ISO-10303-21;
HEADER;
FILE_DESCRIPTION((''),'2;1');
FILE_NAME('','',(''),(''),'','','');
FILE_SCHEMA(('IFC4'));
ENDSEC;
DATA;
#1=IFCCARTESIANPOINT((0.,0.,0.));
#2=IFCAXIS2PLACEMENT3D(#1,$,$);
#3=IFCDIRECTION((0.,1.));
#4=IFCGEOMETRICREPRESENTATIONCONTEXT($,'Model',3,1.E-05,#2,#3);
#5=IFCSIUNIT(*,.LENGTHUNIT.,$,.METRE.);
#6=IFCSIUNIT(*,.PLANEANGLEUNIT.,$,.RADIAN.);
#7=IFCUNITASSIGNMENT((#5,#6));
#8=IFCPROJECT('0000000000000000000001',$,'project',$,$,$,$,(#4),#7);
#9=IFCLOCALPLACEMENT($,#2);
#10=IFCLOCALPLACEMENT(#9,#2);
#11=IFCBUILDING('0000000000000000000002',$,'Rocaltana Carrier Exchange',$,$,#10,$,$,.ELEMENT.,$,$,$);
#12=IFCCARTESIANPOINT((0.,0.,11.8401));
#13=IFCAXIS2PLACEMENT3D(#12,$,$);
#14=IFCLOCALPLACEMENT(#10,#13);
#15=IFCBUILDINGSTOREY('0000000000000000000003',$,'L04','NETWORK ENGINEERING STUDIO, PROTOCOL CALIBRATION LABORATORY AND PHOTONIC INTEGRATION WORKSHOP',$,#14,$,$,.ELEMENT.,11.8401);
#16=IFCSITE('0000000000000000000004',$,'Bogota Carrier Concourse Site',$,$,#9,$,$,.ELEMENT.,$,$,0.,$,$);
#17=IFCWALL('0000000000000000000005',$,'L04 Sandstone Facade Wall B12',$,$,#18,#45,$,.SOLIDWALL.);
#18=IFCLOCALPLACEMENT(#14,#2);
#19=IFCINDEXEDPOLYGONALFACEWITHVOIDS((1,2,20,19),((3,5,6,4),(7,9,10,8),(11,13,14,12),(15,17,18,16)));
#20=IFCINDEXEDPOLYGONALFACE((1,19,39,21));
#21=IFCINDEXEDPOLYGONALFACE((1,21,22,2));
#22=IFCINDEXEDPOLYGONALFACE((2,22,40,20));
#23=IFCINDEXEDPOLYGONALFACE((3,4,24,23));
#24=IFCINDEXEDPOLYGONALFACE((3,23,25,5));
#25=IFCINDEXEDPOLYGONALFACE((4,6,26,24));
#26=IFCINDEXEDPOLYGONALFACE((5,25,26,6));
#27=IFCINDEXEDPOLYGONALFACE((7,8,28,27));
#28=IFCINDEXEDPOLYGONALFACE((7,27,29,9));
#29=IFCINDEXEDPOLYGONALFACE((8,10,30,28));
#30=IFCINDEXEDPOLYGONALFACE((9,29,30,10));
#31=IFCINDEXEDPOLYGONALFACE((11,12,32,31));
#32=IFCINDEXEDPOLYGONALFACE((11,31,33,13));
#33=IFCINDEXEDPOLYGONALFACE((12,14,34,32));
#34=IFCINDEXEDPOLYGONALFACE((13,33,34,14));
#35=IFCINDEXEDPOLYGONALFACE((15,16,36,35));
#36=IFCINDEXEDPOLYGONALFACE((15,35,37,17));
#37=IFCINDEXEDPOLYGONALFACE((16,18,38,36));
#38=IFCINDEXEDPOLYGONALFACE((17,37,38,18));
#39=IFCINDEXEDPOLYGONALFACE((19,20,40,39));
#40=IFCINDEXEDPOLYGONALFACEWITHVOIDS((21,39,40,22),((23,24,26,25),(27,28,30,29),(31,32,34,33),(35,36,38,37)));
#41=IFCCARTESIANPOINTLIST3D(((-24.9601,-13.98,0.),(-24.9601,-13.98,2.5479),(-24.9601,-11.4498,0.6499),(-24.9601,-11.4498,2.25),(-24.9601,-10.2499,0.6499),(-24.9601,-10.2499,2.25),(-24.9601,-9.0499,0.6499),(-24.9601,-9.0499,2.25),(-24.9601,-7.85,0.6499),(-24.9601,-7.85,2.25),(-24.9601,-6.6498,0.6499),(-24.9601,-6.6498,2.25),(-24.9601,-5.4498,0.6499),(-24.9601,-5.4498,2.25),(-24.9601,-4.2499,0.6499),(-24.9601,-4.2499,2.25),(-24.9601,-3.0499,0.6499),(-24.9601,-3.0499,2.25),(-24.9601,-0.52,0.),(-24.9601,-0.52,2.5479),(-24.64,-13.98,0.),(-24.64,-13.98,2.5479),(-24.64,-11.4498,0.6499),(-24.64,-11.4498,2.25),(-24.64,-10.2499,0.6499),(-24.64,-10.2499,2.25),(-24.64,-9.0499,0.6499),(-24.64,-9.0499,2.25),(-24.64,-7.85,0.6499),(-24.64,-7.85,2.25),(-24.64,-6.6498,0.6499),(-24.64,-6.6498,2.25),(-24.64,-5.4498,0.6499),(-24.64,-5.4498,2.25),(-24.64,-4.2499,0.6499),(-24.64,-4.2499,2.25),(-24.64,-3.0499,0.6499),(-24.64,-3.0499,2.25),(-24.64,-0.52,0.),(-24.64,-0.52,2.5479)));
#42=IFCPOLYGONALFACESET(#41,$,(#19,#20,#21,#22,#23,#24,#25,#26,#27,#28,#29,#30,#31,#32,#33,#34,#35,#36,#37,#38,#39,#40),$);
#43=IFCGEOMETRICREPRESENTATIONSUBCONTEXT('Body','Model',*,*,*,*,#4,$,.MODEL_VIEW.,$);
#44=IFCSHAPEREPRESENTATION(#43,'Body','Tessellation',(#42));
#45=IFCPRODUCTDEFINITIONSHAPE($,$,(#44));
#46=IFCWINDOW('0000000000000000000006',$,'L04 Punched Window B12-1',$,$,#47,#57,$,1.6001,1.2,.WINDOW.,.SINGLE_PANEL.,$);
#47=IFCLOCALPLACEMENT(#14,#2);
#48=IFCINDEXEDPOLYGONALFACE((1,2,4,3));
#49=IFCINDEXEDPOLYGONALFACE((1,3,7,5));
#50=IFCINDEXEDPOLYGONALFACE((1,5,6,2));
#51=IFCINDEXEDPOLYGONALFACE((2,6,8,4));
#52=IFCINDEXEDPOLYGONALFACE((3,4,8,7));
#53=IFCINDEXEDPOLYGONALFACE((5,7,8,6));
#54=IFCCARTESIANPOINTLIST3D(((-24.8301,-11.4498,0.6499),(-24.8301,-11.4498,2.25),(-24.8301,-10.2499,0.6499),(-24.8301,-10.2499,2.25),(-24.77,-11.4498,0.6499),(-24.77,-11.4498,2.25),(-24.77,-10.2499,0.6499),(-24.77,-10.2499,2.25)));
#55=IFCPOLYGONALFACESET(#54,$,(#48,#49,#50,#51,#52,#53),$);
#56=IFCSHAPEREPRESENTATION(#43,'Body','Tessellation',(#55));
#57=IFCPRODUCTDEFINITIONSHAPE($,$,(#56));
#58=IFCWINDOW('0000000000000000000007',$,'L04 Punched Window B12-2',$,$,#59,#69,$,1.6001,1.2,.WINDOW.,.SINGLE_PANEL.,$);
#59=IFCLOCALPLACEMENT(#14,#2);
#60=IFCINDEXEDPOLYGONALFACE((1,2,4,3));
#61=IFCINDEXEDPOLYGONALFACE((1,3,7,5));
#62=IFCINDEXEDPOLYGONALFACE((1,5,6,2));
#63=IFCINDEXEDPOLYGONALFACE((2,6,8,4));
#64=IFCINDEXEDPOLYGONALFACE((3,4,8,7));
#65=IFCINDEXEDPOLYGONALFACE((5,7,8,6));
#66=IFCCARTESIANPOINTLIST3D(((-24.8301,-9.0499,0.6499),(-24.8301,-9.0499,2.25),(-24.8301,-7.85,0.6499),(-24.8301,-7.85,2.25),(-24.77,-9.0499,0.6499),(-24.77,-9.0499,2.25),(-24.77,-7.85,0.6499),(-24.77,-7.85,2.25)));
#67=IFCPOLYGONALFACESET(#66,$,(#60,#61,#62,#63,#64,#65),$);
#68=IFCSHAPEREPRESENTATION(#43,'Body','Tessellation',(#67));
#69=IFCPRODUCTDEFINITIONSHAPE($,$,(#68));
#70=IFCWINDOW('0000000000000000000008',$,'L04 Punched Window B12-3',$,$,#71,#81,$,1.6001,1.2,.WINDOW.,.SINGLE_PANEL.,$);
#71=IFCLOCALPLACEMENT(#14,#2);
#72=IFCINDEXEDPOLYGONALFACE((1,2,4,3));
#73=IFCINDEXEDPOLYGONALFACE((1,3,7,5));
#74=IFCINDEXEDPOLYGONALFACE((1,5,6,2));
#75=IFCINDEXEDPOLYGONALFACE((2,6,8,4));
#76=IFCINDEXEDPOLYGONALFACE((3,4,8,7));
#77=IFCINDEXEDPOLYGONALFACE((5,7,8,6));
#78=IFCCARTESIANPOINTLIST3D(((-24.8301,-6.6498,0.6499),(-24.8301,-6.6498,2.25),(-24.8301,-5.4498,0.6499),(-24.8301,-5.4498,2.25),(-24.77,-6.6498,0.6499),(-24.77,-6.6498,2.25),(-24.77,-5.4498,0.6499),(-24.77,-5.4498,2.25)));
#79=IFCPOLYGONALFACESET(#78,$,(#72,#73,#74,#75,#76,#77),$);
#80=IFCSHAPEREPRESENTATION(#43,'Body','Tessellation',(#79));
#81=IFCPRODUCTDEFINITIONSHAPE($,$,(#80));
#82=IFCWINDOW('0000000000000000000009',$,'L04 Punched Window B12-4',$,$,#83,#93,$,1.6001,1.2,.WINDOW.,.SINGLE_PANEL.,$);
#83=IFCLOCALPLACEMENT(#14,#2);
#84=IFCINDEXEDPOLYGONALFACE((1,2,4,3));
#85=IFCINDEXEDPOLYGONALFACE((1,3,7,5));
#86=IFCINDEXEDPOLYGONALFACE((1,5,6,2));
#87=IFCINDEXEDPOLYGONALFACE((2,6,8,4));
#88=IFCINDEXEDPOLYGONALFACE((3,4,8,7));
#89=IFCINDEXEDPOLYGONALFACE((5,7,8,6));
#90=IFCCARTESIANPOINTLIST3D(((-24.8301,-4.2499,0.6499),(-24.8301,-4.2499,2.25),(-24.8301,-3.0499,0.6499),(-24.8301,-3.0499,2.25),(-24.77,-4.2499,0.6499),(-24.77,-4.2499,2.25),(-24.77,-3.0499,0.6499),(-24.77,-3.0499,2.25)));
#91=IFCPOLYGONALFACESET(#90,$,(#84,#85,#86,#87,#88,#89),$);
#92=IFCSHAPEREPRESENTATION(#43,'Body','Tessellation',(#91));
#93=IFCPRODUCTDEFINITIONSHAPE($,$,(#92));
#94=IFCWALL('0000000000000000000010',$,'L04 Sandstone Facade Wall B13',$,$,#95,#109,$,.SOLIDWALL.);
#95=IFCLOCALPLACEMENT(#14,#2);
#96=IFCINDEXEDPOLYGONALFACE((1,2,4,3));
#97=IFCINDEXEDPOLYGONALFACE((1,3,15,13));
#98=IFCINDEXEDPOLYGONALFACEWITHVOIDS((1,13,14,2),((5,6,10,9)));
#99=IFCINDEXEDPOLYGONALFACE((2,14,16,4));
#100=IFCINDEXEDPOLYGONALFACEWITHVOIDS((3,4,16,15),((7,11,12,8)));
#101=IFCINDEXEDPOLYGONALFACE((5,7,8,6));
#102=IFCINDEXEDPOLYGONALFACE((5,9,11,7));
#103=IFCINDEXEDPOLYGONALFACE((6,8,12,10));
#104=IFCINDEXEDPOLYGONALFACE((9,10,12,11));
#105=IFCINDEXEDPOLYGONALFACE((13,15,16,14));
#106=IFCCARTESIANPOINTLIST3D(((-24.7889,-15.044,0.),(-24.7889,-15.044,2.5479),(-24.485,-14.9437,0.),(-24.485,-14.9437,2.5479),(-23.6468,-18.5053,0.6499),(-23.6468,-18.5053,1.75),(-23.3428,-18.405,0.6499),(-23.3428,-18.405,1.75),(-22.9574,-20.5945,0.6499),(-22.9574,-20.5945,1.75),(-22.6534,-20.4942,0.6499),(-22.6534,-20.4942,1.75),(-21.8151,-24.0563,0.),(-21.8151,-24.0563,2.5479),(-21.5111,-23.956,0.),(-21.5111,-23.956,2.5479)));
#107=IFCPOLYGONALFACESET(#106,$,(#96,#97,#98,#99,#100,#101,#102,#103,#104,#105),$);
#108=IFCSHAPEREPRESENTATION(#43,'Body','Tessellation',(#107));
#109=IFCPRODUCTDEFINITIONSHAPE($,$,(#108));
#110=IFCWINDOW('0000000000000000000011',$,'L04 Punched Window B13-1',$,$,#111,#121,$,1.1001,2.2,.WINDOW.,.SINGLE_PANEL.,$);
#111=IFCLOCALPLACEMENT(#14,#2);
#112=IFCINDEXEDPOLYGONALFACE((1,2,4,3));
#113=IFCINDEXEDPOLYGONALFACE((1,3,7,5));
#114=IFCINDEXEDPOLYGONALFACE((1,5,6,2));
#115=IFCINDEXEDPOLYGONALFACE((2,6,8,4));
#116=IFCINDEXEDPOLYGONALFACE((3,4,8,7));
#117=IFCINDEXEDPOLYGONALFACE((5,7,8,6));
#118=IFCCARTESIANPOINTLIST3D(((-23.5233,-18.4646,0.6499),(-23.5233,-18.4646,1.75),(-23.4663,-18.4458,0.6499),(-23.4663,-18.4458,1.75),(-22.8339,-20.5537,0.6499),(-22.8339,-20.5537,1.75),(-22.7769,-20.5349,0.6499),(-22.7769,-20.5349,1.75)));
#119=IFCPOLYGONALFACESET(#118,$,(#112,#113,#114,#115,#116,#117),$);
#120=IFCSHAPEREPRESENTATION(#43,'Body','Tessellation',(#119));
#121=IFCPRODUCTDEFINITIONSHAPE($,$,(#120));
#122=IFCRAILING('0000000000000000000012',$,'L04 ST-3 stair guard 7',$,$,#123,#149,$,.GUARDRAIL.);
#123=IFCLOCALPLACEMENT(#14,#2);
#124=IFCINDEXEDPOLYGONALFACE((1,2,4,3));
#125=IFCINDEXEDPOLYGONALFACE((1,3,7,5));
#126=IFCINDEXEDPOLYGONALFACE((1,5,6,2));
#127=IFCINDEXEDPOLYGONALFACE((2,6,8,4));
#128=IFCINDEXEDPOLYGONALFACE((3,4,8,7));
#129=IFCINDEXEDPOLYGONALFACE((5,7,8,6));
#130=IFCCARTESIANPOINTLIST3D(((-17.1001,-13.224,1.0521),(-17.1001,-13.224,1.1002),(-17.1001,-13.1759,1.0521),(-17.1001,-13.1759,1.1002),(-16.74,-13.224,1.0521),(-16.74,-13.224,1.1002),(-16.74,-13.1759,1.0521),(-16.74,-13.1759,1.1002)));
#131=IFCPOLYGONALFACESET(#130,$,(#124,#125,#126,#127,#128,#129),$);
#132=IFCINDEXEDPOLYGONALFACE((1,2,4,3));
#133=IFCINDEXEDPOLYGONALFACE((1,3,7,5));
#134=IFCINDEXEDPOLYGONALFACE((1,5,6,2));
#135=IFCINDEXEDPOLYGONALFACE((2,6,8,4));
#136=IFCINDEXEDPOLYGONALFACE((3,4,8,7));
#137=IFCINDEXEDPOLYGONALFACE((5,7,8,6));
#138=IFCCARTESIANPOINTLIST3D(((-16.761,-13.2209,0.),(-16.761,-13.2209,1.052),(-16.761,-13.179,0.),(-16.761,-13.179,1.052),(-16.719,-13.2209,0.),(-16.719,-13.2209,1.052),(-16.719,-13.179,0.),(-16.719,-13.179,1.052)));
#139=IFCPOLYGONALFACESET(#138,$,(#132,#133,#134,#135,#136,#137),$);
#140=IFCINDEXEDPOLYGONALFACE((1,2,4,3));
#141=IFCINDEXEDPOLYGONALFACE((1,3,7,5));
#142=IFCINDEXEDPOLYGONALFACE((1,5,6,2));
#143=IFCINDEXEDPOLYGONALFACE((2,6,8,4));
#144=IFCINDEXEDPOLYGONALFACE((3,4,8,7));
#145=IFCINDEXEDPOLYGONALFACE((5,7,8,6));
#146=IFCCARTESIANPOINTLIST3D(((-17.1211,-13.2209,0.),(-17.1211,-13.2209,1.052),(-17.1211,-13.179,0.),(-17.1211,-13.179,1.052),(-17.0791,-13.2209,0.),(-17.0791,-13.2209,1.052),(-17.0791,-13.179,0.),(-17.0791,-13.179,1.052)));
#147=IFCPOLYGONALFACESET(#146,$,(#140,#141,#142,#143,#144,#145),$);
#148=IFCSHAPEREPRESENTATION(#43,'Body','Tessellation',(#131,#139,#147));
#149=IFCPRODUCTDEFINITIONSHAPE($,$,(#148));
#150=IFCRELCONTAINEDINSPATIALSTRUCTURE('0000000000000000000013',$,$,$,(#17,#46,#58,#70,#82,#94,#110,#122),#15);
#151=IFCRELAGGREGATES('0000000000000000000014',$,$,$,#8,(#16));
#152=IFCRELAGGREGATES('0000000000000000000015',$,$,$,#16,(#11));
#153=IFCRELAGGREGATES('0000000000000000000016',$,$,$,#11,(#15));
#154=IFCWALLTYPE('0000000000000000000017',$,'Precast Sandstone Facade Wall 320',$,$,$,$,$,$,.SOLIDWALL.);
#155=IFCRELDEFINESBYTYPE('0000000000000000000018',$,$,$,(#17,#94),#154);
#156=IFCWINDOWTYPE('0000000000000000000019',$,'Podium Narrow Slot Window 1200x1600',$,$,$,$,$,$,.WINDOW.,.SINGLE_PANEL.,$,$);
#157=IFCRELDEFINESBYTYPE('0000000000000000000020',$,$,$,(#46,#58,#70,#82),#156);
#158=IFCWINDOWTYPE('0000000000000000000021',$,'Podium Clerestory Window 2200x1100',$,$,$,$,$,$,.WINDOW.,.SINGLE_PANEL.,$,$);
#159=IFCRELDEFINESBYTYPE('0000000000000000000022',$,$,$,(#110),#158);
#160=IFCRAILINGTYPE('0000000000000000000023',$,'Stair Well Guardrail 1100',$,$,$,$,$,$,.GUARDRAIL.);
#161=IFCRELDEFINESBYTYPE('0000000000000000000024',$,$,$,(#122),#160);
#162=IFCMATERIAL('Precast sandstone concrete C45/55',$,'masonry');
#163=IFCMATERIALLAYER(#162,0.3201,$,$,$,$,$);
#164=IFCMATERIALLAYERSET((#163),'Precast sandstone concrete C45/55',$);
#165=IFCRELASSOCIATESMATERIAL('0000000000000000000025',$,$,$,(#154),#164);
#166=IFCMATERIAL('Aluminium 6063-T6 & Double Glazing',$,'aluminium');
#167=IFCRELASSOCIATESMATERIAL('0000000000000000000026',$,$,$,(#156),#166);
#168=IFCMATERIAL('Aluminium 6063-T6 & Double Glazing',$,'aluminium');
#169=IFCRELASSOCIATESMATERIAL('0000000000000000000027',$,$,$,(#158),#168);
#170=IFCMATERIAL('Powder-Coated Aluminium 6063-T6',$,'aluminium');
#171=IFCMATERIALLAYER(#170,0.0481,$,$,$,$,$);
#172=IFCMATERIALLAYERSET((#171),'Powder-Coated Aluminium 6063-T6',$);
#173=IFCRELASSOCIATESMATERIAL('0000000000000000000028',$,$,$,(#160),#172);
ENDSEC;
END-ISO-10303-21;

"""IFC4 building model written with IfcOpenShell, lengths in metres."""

from ifc_helpers import new_model, si_unit, direction, frame, frame_2d, origin, origin_2d, place, context, subcontext, project, spatial, rectangle, extrude, material, layer, layer_set, type_object, element, fill, save


model = new_model("IFC4")

# Units and contexts
model_context = context("Model", 3, precision=1e-05, world=origin(), true_north=direction((0.0, 1.0)))
body_context = subcontext(model_context, "Body", "Model", "MODEL_VIEW")
ifc_project = project(units=[si_unit("LENGTHUNIT", "METRE"), si_unit("PLANEANGLEUNIT", "RADIAN")], contexts=[model_context])

# Site, building, storey
site_placement = place(None, origin())
site = spatial("IfcSite", under=ifc_project, at=site_placement, Name="Bogota Carrier Concourse Site", CompositionType="ELEMENT", RefElevation=0.0)
building_placement = place(site_placement, origin())
building = spatial("IfcBuilding", under=site, at=building_placement, Name="Rocaltana Carrier Exchange", CompositionType="ELEMENT")
storey_placement = place(building_placement, frame((0.0, 0.0, 11.8401)))
storey = spatial("IfcBuildingStorey", under=building, at=storey_placement, Name="L04", Description="NETWORK ENGINEERING STUDIO, PROTOCOL CALIBRATION LABORATORY AND PHOTONIC INTEGRATION WORKSHOP", CompositionType="ELEMENT", Elevation=11.8401)

# Wall, openings, windows
ifc_material_1 = material(Name="Precast sandstone concrete C45/55", Category="masonry")
ifc_layer_1 = layer(ifc_material_1, 0.3201)
ifc_layer_set_1 = layer_set([ifc_layer_1], Name="Precast sandstone concrete C45/55")
wall_type_1 = type_object("IfcWallType", Name="Precast Sandstone Facade Wall 320", PredefinedType="SOLIDWALL", material=ifc_layer_set_1)
wall_1_placement = place(storey_placement, frame((-24.8, -13.98, 0.0), z_axis=(0.0, 0.0, 1.0), x_axis=(0.0, 1.0, 0.0)))
wall_1 = element("IfcWall", 1, at=wall_1_placement, inside=storey, type_object=wall_type_1, Name="L04 Sandstone Facade Wall B12", PredefinedType="SOLIDWALL", context=body_context, shape_type="SweptSolid", body=[
    extrude(rectangle(XDim=13.46, YDim=0.3201, at=frame_2d((6.73, 0.0))), origin(), (0.0, 0.0, 1.0), 2.5479),
])
opening_1_placement = place(wall_1_placement, frame((2.53, 0.0, 0.6499)))
opening_1 = element("IfcOpeningElement", 2, at=opening_1_placement, cuts=wall_1, PredefinedType="OPENING", context=body_context, shape_type="SweptSolid", body=[
    extrude(rectangle(XDim=1.2, YDim=1.6001, at=frame_2d((0.6001, 0.8))), frame((0.0, 0.1699, 0.0), z_axis=(0.0, -1.0, 0.0), x_axis=(1.0, 0.0, 0.0)), (0.0, 0.0, 1.0), 0.3401),
])
opening_2_placement = place(wall_1_placement, frame((4.9299, 0.0, 0.6499)))
opening_2 = element("IfcOpeningElement", 3, at=opening_2_placement, cuts=wall_1, PredefinedType="OPENING", context=body_context, shape_type="SweptSolid", body=[
    extrude(rectangle(XDim=1.2, YDim=1.6001, at=frame_2d((0.6001, 0.8))), frame((0.0, 0.1699, 0.0), z_axis=(0.0, -1.0, 0.0), x_axis=(1.0, 0.0, 0.0)), (0.0, 0.0, 1.0), 0.3401),
])
opening_3_placement = place(wall_1_placement, frame((7.3301, 0.0, 0.6499)))
opening_3 = element("IfcOpeningElement", 4, at=opening_3_placement, cuts=wall_1, PredefinedType="OPENING", context=body_context, shape_type="SweptSolid", body=[
    extrude(rectangle(XDim=1.2, YDim=1.6001, at=frame_2d((0.6001, 0.8))), frame((0.0, 0.1699, 0.0), z_axis=(0.0, -1.0, 0.0), x_axis=(1.0, 0.0, 0.0)), (0.0, 0.0, 1.0), 0.3401),
])
opening_4_placement = place(wall_1_placement, frame((9.73, 0.0, 0.6499)))
opening_4 = element("IfcOpeningElement", 5, at=opening_4_placement, cuts=wall_1, PredefinedType="OPENING", context=body_context, shape_type="SweptSolid", body=[
    extrude(rectangle(XDim=1.2, YDim=1.6001, at=frame_2d((0.6001, 0.8))), frame((0.0, 0.1699, 0.0), z_axis=(0.0, -1.0, 0.0), x_axis=(1.0, 0.0, 0.0)), (0.0, 0.0, 1.0), 0.3401),
])
ifc_material_2 = material(Name="Aluminium 6063-T6 & Double Glazing", Category="aluminium")
window_type_1 = type_object("IfcWindowType", Name="Podium Narrow Slot Window 1200x1600", PartitioningType="SINGLE_PANEL", PredefinedType="WINDOW", material=ifc_material_2)
window_1_placement = place(opening_1_placement, origin())
window_1 = element("IfcWindow", 6, at=window_1_placement, inside=storey, type_object=window_type_1, Name="L04 Punched Window B12-1", OverallHeight=1.6001, OverallWidth=1.2, PartitioningType="SINGLE_PANEL", PredefinedType="WINDOW", context=body_context, shape_type="SweptSolid", body=[
    extrude(rectangle(XDim=1.2, YDim=1.6001, at=frame_2d((0.6001, 0.8))), frame((0.0, 0.03, 0.0), z_axis=(0.0, -1.0, 0.0), x_axis=(1.0, 0.0, 0.0)), (0.0, 0.0, 1.0), 0.0601),
])
fill(opening_1, window_1)
window_2_placement = place(opening_2_placement, origin())
window_2 = element("IfcWindow", 7, at=window_2_placement, inside=storey, type_object=window_type_1, Name="L04 Punched Window B12-2", OverallHeight=1.6001, OverallWidth=1.2, PartitioningType="SINGLE_PANEL", PredefinedType="WINDOW", context=body_context, shape_type="SweptSolid", body=[
    extrude(rectangle(XDim=1.2, YDim=1.6001, at=frame_2d((0.6001, 0.8))), frame((0.0, 0.03, 0.0), z_axis=(0.0, -1.0, 0.0), x_axis=(1.0, 0.0, 0.0)), (0.0, 0.0, 1.0), 0.0601),
])
fill(opening_2, window_2)
window_3_placement = place(opening_3_placement, origin())
window_3 = element("IfcWindow", 8, at=window_3_placement, inside=storey, type_object=window_type_1, Name="L04 Punched Window B12-3", OverallHeight=1.6001, OverallWidth=1.2, PartitioningType="SINGLE_PANEL", PredefinedType="WINDOW", context=body_context, shape_type="SweptSolid", body=[
    extrude(rectangle(XDim=1.2, YDim=1.6001, at=frame_2d((0.6001, 0.8))), frame((0.0, 0.03, 0.0), z_axis=(0.0, -1.0, 0.0), x_axis=(1.0, 0.0, 0.0)), (0.0, 0.0, 1.0), 0.0601),
])
fill(opening_3, window_3)
window_4_placement = place(opening_4_placement, origin())
window_4 = element("IfcWindow", 9, at=window_4_placement, inside=storey, type_object=window_type_1, Name="L04 Punched Window B12-4", OverallHeight=1.6001, OverallWidth=1.2, PartitioningType="SINGLE_PANEL", PredefinedType="WINDOW", context=body_context, shape_type="SweptSolid", body=[
    extrude(rectangle(XDim=1.2, YDim=1.6001, at=frame_2d((0.6001, 0.8))), frame((0.0, 0.03, 0.0), z_axis=(0.0, -1.0, 0.0), x_axis=(1.0, 0.0, 0.0)), (0.0, 0.0, 1.0), 0.0601),
])
fill(opening_4, window_4)

# Wall, opening, window
wall_2_placement = place(storey_placement, frame((-21.6631, -24.0061, 0.0), z_axis=(0.0, 0.0, 1.0), x_axis=(-0.313363, 0.949633, 0.0)))
wall_2 = element("IfcWall", 10, at=wall_2_placement, inside=storey, type_object=wall_type_1, Name="L04 Sandstone Facade Wall B13", PredefinedType="SOLIDWALL", context=body_context, shape_type="SweptSolid", body=[
    extrude(rectangle(XDim=9.4902, YDim=0.3201, at=frame_2d((4.7451, 0.0))), origin(), (0.0, 0.0, 1.0), 2.5479),
])
opening_5_placement = place(wall_2_placement, frame((3.6453, 0.0, 0.6499)))
opening_5 = element("IfcOpeningElement", 11, at=opening_5_placement, cuts=wall_2, PredefinedType="OPENING", context=body_context, shape_type="SweptSolid", body=[
    extrude(rectangle(XDim=2.2, YDim=1.1001, at=frame_2d((1.1001, 0.55))), frame((0.0, 0.1699, 0.0), z_axis=(0.0, -1.0, 0.0), x_axis=(1.0, 0.0, 0.0)), (0.0, 0.0, 1.0), 0.3401),
])
ifc_material_3 = material(Name="Aluminium 6063-T6 & Double Glazing", Category="aluminium")
window_type_2 = type_object("IfcWindowType", Name="Podium Clerestory Window 2200x1100", PartitioningType="SINGLE_PANEL", PredefinedType="WINDOW", material=ifc_material_3)
window_5_placement = place(opening_5_placement, origin())
window_5 = element("IfcWindow", 12, at=window_5_placement, inside=storey, type_object=window_type_2, Name="L04 Punched Window B13-1", OverallHeight=1.1001, OverallWidth=2.2, PartitioningType="SINGLE_PANEL", PredefinedType="WINDOW", context=body_context, shape_type="SweptSolid", body=[
    extrude(rectangle(XDim=2.2, YDim=1.1001, at=frame_2d((1.1001, 0.55))), frame((0.0, 0.03, 0.0), z_axis=(0.0, -1.0, 0.0), x_axis=(1.0, 0.0, 0.0)), (0.0, 0.0, 1.0), 0.0601),
])
fill(opening_5, window_5)

# Railing
ifc_material_4 = material(Name="Powder-Coated Aluminium 6063-T6", Category="aluminium")
ifc_layer_2 = layer(ifc_material_4, 0.0481)
ifc_layer_set_2 = layer_set([ifc_layer_2], Name="Powder-Coated Aluminium 6063-T6")
railing_type_1 = type_object("IfcRailingType", Name="Stair Well Guardrail 1100", PredefinedType="GUARDRAIL", material=ifc_layer_set_2)
railing_1_placement = place(storey_placement, frame((-16.74, -13.2, 0.0)))
element("IfcRailing", 13, at=railing_1_placement, inside=storey, type_object=railing_type_1, Name="L04 ST-3 stair guard 7", PredefinedType="GUARDRAIL", context=body_context, shape_type="SweptSolid", body=[
    extrude(rectangle(XDim=0.0481, YDim=0.0481, at=origin_2d()), frame((0.0, 0.0, 1.0762), z_axis=(-1.0, 0.0, 0.0), x_axis=(0.0, -1.0, 0.0)), (0.0, 0.0, 1.0), 0.3601),
    extrude(rectangle(XDim=0.042, YDim=0.042, at=origin_2d()), origin(), (0.0, 0.0, 1.0), 1.052),
    extrude(rectangle(XDim=0.042, YDim=0.042, at=origin_2d()), frame((-0.3601, 0.0, 0.0)), (0.0, 0.0, 1.0), 1.052),
])

save(model, "model.ifc")
